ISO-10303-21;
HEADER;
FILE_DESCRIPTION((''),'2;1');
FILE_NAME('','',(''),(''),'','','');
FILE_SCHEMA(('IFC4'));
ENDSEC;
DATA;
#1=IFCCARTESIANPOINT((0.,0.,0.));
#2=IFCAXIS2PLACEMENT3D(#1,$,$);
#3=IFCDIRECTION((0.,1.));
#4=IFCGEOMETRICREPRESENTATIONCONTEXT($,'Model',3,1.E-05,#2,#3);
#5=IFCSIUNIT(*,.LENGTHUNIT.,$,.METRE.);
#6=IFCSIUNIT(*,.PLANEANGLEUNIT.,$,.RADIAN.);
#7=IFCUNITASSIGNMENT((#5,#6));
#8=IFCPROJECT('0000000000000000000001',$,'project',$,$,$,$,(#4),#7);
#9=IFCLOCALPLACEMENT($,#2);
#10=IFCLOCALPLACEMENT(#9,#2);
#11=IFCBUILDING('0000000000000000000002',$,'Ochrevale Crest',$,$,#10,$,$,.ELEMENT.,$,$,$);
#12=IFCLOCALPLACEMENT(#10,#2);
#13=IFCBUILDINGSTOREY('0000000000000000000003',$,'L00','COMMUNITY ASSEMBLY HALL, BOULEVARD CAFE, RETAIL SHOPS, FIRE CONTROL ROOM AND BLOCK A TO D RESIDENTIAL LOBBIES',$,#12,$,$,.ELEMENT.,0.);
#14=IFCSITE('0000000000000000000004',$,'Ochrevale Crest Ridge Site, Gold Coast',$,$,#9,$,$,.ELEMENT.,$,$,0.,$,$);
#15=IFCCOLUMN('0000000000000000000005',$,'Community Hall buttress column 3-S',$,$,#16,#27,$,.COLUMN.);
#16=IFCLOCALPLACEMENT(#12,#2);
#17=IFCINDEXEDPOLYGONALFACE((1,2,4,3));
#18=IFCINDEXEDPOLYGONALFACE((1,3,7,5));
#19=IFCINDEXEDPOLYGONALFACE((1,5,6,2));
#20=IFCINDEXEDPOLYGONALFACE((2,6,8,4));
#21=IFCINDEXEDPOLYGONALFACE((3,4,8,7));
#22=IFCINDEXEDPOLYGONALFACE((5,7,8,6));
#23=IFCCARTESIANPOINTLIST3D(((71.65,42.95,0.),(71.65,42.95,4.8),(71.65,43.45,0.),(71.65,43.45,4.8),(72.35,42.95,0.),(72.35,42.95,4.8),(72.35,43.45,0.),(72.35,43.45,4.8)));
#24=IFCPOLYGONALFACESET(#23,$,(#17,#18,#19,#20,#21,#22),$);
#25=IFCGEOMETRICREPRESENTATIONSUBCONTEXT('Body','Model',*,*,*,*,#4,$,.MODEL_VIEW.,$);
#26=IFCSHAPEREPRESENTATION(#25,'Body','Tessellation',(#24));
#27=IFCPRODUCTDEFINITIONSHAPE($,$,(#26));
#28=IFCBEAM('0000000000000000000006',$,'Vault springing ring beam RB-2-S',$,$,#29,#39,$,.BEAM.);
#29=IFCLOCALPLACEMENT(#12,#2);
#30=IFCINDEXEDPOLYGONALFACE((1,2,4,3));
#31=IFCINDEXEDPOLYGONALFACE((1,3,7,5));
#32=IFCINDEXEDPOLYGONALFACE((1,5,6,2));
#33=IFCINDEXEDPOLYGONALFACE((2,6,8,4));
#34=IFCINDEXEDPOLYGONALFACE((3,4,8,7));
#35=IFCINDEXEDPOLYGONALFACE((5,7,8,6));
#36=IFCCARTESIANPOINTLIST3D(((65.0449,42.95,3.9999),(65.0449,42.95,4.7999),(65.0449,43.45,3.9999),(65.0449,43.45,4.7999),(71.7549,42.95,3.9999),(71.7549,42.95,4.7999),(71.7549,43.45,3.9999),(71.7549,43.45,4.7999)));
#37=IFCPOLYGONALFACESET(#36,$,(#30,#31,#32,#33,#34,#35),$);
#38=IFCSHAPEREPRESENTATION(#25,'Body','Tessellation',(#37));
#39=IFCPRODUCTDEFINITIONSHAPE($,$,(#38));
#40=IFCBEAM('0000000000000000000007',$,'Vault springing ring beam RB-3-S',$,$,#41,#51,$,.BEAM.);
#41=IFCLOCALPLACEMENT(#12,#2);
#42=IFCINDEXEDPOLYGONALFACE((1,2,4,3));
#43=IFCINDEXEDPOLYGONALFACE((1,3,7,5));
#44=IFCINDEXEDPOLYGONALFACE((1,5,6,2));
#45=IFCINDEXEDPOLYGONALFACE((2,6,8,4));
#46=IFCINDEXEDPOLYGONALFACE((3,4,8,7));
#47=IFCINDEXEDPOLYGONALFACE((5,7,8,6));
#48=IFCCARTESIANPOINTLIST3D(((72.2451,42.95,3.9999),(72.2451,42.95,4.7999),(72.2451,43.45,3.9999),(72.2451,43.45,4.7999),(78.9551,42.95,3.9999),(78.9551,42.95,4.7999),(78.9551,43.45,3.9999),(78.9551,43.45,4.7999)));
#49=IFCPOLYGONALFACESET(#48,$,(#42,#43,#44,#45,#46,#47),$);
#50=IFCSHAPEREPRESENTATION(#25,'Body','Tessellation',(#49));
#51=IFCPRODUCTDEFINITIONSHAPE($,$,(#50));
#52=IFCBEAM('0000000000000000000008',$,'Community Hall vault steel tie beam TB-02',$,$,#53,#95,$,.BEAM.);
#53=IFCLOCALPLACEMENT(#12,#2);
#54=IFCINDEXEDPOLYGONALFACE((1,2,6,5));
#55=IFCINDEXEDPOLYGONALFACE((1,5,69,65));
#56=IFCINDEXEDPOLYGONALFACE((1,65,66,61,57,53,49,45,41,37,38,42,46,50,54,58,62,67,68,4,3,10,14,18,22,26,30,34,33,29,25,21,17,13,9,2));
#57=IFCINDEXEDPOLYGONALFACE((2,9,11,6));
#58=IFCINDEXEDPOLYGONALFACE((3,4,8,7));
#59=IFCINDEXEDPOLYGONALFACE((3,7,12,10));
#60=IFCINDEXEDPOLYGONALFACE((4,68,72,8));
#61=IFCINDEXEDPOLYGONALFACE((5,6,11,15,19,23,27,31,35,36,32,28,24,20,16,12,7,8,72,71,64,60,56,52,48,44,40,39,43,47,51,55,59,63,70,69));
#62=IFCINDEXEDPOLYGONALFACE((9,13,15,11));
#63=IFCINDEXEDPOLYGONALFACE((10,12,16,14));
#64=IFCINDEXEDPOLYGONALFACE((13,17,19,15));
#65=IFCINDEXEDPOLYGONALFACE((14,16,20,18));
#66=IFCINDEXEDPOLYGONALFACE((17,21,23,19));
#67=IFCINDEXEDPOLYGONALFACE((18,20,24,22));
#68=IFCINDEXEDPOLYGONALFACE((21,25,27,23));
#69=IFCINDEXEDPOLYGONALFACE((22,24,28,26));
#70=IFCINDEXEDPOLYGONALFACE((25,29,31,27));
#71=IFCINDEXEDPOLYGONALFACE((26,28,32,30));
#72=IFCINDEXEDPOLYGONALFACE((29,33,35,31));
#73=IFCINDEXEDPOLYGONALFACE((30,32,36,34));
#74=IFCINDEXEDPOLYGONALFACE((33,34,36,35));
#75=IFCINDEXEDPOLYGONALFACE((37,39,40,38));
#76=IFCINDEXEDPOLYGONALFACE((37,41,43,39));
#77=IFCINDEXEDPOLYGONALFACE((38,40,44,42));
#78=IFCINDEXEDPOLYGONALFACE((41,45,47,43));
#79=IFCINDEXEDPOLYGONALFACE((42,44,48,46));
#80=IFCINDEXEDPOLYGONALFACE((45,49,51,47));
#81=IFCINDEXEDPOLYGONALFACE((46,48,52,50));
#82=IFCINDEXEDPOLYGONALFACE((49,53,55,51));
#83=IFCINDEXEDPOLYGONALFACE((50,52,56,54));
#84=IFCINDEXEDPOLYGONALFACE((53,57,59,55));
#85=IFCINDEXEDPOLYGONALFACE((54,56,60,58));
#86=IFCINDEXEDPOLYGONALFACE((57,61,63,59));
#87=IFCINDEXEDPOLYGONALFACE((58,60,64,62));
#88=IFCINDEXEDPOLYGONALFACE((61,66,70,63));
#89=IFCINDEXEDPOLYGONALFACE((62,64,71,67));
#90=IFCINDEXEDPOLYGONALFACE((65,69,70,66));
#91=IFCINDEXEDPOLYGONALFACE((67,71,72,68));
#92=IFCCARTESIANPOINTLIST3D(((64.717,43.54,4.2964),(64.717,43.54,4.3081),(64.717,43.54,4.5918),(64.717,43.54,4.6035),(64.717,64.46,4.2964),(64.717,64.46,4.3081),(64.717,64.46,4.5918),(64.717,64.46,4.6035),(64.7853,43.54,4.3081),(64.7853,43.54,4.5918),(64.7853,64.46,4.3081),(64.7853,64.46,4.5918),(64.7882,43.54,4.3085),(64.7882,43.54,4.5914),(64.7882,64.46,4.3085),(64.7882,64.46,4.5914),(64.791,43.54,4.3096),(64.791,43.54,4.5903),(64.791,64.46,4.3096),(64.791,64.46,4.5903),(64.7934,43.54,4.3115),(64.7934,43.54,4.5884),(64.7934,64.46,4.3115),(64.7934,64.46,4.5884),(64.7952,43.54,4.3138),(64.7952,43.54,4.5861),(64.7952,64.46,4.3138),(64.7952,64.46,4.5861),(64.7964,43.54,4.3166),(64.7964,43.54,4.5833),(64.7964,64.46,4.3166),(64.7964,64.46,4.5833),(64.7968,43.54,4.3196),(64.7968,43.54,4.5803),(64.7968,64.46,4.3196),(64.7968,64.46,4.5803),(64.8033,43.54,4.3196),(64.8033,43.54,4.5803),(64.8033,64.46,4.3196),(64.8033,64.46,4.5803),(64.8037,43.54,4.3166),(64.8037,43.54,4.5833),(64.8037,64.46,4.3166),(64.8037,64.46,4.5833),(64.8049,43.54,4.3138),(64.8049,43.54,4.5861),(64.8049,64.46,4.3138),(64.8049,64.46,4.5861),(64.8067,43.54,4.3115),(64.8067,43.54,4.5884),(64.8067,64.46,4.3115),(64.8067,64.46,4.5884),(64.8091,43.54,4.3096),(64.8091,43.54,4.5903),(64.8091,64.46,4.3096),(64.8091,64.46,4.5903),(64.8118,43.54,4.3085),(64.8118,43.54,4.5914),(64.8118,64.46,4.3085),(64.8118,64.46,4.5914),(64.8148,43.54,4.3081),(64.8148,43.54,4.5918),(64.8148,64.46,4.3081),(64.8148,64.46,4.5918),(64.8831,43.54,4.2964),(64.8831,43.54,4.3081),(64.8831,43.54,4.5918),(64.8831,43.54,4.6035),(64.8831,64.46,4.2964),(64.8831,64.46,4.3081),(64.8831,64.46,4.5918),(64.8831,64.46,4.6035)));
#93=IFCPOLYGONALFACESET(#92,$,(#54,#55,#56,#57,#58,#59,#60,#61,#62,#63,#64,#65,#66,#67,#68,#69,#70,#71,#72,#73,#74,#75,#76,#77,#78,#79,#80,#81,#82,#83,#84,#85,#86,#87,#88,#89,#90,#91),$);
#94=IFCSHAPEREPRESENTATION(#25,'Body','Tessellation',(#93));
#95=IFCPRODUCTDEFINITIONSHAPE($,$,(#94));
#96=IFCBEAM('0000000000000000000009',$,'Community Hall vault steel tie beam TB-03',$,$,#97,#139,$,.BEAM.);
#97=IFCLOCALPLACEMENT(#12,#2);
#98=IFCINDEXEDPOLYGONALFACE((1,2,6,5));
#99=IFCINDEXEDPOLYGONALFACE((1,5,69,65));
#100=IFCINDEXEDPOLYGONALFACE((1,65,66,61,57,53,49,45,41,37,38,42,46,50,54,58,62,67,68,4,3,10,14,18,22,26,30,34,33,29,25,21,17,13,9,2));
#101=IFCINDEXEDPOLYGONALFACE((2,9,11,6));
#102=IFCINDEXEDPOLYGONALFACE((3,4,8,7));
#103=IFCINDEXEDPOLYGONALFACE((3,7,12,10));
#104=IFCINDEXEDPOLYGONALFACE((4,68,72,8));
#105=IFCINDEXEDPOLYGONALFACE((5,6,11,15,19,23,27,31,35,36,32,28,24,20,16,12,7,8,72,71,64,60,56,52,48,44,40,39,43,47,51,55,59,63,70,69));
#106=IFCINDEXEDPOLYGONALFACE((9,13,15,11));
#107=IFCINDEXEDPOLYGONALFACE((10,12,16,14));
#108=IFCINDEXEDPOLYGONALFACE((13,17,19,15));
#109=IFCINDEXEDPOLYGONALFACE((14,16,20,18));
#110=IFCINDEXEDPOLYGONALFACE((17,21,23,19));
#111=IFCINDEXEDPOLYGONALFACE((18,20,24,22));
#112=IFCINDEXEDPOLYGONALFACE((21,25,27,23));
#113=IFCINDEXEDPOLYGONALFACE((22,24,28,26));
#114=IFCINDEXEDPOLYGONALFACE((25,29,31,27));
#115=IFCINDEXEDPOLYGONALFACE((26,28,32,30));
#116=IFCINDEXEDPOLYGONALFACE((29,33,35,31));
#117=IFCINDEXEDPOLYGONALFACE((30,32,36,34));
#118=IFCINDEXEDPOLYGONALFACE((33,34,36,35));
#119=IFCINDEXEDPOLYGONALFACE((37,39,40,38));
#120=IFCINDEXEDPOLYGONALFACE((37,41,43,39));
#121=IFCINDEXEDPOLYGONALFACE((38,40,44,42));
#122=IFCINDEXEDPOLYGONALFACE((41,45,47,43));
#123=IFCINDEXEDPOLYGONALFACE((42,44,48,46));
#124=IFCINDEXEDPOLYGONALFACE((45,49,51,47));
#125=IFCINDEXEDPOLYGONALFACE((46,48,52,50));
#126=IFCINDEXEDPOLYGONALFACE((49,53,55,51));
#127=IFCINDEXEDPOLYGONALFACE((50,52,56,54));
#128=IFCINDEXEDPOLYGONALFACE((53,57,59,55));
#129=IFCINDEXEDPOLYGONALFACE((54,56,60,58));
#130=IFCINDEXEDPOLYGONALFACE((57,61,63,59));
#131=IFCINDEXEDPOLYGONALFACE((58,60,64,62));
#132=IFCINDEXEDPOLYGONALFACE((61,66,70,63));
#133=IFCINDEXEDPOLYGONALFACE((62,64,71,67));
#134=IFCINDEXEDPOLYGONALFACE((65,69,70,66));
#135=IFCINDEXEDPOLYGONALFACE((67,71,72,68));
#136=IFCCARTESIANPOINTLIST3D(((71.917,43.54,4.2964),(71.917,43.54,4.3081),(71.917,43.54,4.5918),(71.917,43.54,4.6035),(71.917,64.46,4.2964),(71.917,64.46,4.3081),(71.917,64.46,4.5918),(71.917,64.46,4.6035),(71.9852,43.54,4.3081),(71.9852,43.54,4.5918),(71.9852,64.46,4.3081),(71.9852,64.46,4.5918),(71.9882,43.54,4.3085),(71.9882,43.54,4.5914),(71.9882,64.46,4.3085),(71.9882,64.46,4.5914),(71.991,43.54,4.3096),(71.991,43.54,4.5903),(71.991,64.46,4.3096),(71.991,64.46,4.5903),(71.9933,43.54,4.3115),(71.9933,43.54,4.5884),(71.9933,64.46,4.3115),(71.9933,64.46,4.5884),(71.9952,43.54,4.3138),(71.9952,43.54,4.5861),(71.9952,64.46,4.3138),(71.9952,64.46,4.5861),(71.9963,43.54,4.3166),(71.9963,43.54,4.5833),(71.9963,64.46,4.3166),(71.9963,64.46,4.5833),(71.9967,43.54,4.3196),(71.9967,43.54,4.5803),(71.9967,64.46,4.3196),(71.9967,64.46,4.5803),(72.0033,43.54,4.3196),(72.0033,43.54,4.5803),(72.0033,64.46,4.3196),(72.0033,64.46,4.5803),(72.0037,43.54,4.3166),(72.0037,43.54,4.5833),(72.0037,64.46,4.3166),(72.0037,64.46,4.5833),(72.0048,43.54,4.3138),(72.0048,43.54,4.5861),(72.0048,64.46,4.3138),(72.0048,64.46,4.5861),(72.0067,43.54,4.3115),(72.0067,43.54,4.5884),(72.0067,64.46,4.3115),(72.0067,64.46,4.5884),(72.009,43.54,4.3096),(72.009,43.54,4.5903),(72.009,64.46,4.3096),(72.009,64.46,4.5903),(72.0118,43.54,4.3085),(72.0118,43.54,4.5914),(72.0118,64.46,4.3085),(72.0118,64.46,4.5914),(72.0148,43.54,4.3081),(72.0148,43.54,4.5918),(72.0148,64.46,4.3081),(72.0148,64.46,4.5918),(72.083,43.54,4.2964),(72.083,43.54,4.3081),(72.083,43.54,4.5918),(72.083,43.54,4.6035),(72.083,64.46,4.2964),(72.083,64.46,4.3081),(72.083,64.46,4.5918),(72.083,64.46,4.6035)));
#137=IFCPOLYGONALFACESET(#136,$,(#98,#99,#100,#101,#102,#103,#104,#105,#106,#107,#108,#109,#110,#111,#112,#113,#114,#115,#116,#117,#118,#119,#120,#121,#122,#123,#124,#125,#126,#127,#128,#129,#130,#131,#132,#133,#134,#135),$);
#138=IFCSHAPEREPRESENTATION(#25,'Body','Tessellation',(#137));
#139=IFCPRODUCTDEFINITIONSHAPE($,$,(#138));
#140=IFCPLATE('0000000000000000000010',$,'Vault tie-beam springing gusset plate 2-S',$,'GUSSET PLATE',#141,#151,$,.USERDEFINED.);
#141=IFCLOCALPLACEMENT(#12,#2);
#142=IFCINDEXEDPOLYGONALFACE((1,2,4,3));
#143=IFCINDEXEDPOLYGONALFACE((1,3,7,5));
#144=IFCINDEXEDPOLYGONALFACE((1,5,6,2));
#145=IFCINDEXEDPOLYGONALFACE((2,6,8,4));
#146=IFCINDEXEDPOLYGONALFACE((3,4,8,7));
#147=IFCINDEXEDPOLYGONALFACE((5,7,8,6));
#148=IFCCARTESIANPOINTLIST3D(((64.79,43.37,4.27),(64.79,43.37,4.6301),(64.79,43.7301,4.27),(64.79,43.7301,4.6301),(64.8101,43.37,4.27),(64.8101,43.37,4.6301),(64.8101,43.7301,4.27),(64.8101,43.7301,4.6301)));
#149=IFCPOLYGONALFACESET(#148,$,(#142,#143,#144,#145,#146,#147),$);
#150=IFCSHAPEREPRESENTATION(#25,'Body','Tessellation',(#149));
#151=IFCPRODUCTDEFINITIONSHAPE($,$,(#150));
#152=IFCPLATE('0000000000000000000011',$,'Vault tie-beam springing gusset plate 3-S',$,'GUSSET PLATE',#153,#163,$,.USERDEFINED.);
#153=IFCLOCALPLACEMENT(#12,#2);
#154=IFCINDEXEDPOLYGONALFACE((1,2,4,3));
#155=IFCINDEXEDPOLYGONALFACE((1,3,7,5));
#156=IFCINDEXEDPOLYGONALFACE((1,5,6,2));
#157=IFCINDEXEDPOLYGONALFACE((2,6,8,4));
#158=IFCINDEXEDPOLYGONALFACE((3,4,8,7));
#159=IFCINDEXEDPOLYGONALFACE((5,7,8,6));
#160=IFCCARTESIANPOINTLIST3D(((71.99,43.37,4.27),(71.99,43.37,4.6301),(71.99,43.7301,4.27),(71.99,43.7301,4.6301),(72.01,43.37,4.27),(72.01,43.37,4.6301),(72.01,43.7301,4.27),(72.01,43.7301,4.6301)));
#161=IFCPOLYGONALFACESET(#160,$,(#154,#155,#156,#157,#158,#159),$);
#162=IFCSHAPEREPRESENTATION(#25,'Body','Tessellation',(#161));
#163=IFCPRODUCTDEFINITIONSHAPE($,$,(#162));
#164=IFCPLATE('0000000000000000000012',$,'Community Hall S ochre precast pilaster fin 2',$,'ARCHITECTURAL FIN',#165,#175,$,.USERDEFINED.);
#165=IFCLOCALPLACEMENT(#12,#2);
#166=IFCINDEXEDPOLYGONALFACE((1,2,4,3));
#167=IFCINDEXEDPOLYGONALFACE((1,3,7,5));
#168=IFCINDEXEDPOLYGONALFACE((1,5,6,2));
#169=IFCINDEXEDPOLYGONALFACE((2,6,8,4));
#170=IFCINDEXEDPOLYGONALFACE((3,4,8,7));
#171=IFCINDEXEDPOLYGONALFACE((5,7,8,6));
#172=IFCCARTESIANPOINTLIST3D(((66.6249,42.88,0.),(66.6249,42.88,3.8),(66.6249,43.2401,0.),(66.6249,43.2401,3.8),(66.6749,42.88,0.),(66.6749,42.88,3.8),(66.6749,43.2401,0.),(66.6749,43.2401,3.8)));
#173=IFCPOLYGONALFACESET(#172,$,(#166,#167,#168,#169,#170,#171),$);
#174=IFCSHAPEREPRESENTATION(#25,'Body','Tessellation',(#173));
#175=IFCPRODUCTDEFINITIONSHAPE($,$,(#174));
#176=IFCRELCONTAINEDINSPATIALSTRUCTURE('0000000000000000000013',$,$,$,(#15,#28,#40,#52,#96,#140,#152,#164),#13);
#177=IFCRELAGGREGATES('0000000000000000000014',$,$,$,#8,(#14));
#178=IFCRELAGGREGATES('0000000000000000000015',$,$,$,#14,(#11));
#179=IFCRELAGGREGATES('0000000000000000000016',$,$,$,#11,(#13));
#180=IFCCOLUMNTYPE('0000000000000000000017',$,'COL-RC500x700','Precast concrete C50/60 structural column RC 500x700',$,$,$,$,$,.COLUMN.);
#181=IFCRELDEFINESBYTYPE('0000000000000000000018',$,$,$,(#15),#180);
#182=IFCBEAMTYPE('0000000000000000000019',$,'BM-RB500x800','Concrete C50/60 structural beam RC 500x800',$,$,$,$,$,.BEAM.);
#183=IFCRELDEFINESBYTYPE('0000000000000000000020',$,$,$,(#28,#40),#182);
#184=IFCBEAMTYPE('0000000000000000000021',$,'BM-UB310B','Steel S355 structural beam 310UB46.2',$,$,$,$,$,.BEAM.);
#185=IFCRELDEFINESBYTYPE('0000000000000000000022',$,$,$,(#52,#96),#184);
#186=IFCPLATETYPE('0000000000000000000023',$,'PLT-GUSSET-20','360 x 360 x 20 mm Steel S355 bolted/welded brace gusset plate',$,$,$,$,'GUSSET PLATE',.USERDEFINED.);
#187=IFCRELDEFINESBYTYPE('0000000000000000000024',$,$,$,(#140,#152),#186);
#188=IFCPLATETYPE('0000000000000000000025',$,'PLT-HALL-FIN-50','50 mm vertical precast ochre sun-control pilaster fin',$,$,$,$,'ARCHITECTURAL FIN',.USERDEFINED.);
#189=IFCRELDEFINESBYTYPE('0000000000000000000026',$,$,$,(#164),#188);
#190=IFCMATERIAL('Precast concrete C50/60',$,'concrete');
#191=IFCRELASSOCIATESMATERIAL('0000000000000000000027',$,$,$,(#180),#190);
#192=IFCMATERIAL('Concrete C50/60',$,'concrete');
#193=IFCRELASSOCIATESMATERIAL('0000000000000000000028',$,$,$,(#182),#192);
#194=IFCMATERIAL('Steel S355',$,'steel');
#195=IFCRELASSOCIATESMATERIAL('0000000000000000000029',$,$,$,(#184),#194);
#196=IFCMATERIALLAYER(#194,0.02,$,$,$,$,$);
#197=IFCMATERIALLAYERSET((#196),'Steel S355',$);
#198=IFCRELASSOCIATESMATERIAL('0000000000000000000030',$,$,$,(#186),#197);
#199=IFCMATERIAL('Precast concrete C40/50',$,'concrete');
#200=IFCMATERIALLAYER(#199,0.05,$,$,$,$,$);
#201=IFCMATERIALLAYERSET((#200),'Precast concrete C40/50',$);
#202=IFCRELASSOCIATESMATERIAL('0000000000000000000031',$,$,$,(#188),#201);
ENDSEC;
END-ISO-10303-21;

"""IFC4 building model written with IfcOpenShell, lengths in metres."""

from ifc_helpers import new_model, si_unit, direction, frame, origin, origin_2d, place, context, subcontext, project, spatial, rectangle, i_section, extrude, material, layer, layer_set, material_profile, profile_set, type_object, element, save


model = new_model("IFC4")

# Units and contexts
model_context = context("Model", 3, precision=1e-05, world=origin(), true_north=direction((0.0, 1.0)))
body_context = subcontext(model_context, "Body", "Model", "MODEL_VIEW")
ifc_project = project(units=[si_unit("LENGTHUNIT", "METRE"), si_unit("PLANEANGLEUNIT", "RADIAN")], contexts=[model_context])

# Site, building, storey
site_placement = place(None, origin())
site = spatial("IfcSite", under=ifc_project, at=site_placement, Name="Ochrevale Crest Ridge Site, Gold Coast", CompositionType="ELEMENT", RefElevation=0.0)
building_placement = place(site_placement, origin())
building = spatial("IfcBuilding", under=site, at=building_placement, Name="Ochrevale Crest", CompositionType="ELEMENT")
storey_placement = place(building_placement, origin())
storey = spatial("IfcBuildingStorey", under=building, at=storey_placement, Name="L00", Description="COMMUNITY ASSEMBLY HALL, BOULEVARD CAFE, RETAIL SHOPS, FIRE CONTROL ROOM AND BLOCK A TO D RESIDENTIAL LOBBIES", CompositionType="ELEMENT", Elevation=0.0)

# Column
ifc_material_1 = material(Name="Precast concrete C50/60", Category="concrete")
ifc_material_profile_1 = material_profile(ifc_material_1, rectangle(XDim=0.5, YDim=0.7, at=origin_2d()), Name="RC 500x700")
ifc_profile_set_1 = profile_set([ifc_material_profile_1], Name="Precast concrete C50/60")
column_type = type_object("IfcColumnType", Name="COL-RC500x700", Description="Precast concrete C50/60 structural column RC 500x700", PredefinedType="COLUMN", material=ifc_profile_set_1)
column_placement = place(storey_placement, frame((72.0, 43.2, 0.0), z_axis=(0.0, 0.0, 1.0), x_axis=(0.0, 1.0, 0.0)))
element("IfcColumn", 1, at=column_placement, inside=storey, type_object=column_type, Name="Community Hall buttress column 3-S", PredefinedType="COLUMN", context=body_context, shape_type="SweptSolid", body=[
    extrude(rectangle(XDim=0.5, YDim=0.7, at=origin_2d()), origin(), (0.0, 0.0, 1.0), 4.8),
])

# Beams
ifc_material_2 = material(Name="Concrete C50/60", Category="concrete")
ifc_material_profile_2 = material_profile(ifc_material_2, rectangle(XDim=0.5, YDim=0.8, at=origin_2d()), Name="RC 500x800")
ifc_profile_set_2 = profile_set([ifc_material_profile_2], Name="Concrete C50/60")
beam_type_1 = type_object("IfcBeamType", Name="BM-RB500x800", Description="Concrete C50/60 structural beam RC 500x800", PredefinedType="BEAM", material=ifc_profile_set_2)
for number, where, z_axis, x_axis, name in (
    (2, (65.0449, 43.2, 4.3999), (1.0, 0.0, 0.0), (0.0, 1.0, 0.0), "Vault springing ring beam RB-2-S"),
    (3, (72.2451, 43.2, 4.3999), (1.0, 0.0, 0.0), (0.0, 1.0, 0.0), "Vault springing ring beam RB-3-S"),
):
    element("IfcBeam", number, at=place(storey_placement, frame(where, z_axis=z_axis, x_axis=x_axis)), inside=storey, type_object=beam_type_1, Name=name, PredefinedType="BEAM", context=body_context, shape_type="SweptSolid", body=[
        extrude(rectangle(XDim=0.5, YDim=0.8, at=origin_2d()), origin(), (0.0, 0.0, 1.0), 6.71),
    ])
ifc_material_3 = material(Name="Steel S355", Category="steel")
ifc_material_profile_3 = material_profile(ifc_material_3, i_section(OverallWidth=0.166, OverallDepth=0.3071, WebThickness=0.0066, FlangeThickness=0.0117, FilletRadius=0.0115, at=origin_2d()), Name="310UB46.2")
ifc_profile_set_3 = profile_set([ifc_material_profile_3], Name="Steel S355")
beam_type_2 = type_object("IfcBeamType", Name="BM-UB310B", Description="Steel S355 structural beam 310UB46.2", PredefinedType="BEAM", material=ifc_profile_set_3)
for number, where, z_axis, x_axis, name in (
    (4, (64.8, 43.54, 4.45), (0.0, 1.0, 0.0), (-1.0, 0.0, 0.0), "Community Hall vault steel tie beam TB-02"),
    (5, (72.0, 43.54, 4.45), (0.0, 1.0, 0.0), (-1.0, 0.0, 0.0), "Community Hall vault steel tie beam TB-03"),
):
    element("IfcBeam", number, at=place(storey_placement, frame(where, z_axis=z_axis, x_axis=x_axis)), inside=storey, type_object=beam_type_2, Name=name, PredefinedType="BEAM", context=body_context, shape_type="SweptSolid", body=[
        extrude(i_section(OverallWidth=0.166, OverallDepth=0.3071, WebThickness=0.0066, FlangeThickness=0.0117, FilletRadius=0.0115, at=origin_2d()), origin(), (0.0, 0.0, 1.0), 20.9199),
    ])

# Plates
ifc_layer_1 = layer(ifc_material_3, 0.02)
ifc_layer_set_1 = layer_set([ifc_layer_1], Name="Steel S355")
plate_type_1 = type_object("IfcPlateType", Name="PLT-GUSSET-20", Description="360 x 360 x 20 mm Steel S355 bolted/welded brace gusset plate", ElementType="GUSSET PLATE", PredefinedType="USERDEFINED", material=ifc_layer_set_1)
for number, where, z_axis, x_axis, name in (
    (6, (64.8, 43.55, 4.27), (0.0, 0.0, 1.0), (1.0, 0.0, 0.0), "Vault tie-beam springing gusset plate 2-S"),
    (7, (72.0, 43.55, 4.27), (0.0, 0.0, 1.0), (1.0, 0.0, 0.0), "Vault tie-beam springing gusset plate 3-S"),
):
    element("IfcPlate", number, at=place(storey_placement, frame(where, z_axis=z_axis, x_axis=x_axis)), inside=storey, type_object=plate_type_1, Name=name, ObjectType="GUSSET PLATE", PredefinedType="USERDEFINED", context=body_context, shape_type="SweptSolid", body=[
        extrude(rectangle(XDim=0.02, YDim=0.3601, at=origin_2d()), origin(), (0.0, 0.0, 1.0), 0.3601),
    ])
ifc_material_4 = material(Name="Precast concrete C40/50", Category="concrete")
ifc_layer_2 = layer(ifc_material_4, 0.05)
ifc_layer_set_2 = layer_set([ifc_layer_2], Name="Precast concrete C40/50")
plate_type_2 = type_object("IfcPlateType", Name="PLT-HALL-FIN-50", Description="50 mm vertical precast ochre sun-control pilaster fin", ElementType="ARCHITECTURAL FIN", PredefinedType="USERDEFINED", material=ifc_layer_set_2)
plate_placement = place(storey_placement, frame((66.6499, 43.0601, 0.0), z_axis=(0.0, 0.0, 1.0), x_axis=(1.0, 0.0, 0.0)))
element("IfcPlate", 8, at=plate_placement, inside=storey, type_object=plate_type_2, Name="Community Hall S ochre precast pilaster fin 2", ObjectType="ARCHITECTURAL FIN", PredefinedType="USERDEFINED", context=body_context, shape_type="SweptSolid", body=[
    extrude(rectangle(XDim=0.05, YDim=0.3601, at=origin_2d()), origin(), (0.0, 0.0, 1.0), 3.8),
])

save(model, "model.ifc")
